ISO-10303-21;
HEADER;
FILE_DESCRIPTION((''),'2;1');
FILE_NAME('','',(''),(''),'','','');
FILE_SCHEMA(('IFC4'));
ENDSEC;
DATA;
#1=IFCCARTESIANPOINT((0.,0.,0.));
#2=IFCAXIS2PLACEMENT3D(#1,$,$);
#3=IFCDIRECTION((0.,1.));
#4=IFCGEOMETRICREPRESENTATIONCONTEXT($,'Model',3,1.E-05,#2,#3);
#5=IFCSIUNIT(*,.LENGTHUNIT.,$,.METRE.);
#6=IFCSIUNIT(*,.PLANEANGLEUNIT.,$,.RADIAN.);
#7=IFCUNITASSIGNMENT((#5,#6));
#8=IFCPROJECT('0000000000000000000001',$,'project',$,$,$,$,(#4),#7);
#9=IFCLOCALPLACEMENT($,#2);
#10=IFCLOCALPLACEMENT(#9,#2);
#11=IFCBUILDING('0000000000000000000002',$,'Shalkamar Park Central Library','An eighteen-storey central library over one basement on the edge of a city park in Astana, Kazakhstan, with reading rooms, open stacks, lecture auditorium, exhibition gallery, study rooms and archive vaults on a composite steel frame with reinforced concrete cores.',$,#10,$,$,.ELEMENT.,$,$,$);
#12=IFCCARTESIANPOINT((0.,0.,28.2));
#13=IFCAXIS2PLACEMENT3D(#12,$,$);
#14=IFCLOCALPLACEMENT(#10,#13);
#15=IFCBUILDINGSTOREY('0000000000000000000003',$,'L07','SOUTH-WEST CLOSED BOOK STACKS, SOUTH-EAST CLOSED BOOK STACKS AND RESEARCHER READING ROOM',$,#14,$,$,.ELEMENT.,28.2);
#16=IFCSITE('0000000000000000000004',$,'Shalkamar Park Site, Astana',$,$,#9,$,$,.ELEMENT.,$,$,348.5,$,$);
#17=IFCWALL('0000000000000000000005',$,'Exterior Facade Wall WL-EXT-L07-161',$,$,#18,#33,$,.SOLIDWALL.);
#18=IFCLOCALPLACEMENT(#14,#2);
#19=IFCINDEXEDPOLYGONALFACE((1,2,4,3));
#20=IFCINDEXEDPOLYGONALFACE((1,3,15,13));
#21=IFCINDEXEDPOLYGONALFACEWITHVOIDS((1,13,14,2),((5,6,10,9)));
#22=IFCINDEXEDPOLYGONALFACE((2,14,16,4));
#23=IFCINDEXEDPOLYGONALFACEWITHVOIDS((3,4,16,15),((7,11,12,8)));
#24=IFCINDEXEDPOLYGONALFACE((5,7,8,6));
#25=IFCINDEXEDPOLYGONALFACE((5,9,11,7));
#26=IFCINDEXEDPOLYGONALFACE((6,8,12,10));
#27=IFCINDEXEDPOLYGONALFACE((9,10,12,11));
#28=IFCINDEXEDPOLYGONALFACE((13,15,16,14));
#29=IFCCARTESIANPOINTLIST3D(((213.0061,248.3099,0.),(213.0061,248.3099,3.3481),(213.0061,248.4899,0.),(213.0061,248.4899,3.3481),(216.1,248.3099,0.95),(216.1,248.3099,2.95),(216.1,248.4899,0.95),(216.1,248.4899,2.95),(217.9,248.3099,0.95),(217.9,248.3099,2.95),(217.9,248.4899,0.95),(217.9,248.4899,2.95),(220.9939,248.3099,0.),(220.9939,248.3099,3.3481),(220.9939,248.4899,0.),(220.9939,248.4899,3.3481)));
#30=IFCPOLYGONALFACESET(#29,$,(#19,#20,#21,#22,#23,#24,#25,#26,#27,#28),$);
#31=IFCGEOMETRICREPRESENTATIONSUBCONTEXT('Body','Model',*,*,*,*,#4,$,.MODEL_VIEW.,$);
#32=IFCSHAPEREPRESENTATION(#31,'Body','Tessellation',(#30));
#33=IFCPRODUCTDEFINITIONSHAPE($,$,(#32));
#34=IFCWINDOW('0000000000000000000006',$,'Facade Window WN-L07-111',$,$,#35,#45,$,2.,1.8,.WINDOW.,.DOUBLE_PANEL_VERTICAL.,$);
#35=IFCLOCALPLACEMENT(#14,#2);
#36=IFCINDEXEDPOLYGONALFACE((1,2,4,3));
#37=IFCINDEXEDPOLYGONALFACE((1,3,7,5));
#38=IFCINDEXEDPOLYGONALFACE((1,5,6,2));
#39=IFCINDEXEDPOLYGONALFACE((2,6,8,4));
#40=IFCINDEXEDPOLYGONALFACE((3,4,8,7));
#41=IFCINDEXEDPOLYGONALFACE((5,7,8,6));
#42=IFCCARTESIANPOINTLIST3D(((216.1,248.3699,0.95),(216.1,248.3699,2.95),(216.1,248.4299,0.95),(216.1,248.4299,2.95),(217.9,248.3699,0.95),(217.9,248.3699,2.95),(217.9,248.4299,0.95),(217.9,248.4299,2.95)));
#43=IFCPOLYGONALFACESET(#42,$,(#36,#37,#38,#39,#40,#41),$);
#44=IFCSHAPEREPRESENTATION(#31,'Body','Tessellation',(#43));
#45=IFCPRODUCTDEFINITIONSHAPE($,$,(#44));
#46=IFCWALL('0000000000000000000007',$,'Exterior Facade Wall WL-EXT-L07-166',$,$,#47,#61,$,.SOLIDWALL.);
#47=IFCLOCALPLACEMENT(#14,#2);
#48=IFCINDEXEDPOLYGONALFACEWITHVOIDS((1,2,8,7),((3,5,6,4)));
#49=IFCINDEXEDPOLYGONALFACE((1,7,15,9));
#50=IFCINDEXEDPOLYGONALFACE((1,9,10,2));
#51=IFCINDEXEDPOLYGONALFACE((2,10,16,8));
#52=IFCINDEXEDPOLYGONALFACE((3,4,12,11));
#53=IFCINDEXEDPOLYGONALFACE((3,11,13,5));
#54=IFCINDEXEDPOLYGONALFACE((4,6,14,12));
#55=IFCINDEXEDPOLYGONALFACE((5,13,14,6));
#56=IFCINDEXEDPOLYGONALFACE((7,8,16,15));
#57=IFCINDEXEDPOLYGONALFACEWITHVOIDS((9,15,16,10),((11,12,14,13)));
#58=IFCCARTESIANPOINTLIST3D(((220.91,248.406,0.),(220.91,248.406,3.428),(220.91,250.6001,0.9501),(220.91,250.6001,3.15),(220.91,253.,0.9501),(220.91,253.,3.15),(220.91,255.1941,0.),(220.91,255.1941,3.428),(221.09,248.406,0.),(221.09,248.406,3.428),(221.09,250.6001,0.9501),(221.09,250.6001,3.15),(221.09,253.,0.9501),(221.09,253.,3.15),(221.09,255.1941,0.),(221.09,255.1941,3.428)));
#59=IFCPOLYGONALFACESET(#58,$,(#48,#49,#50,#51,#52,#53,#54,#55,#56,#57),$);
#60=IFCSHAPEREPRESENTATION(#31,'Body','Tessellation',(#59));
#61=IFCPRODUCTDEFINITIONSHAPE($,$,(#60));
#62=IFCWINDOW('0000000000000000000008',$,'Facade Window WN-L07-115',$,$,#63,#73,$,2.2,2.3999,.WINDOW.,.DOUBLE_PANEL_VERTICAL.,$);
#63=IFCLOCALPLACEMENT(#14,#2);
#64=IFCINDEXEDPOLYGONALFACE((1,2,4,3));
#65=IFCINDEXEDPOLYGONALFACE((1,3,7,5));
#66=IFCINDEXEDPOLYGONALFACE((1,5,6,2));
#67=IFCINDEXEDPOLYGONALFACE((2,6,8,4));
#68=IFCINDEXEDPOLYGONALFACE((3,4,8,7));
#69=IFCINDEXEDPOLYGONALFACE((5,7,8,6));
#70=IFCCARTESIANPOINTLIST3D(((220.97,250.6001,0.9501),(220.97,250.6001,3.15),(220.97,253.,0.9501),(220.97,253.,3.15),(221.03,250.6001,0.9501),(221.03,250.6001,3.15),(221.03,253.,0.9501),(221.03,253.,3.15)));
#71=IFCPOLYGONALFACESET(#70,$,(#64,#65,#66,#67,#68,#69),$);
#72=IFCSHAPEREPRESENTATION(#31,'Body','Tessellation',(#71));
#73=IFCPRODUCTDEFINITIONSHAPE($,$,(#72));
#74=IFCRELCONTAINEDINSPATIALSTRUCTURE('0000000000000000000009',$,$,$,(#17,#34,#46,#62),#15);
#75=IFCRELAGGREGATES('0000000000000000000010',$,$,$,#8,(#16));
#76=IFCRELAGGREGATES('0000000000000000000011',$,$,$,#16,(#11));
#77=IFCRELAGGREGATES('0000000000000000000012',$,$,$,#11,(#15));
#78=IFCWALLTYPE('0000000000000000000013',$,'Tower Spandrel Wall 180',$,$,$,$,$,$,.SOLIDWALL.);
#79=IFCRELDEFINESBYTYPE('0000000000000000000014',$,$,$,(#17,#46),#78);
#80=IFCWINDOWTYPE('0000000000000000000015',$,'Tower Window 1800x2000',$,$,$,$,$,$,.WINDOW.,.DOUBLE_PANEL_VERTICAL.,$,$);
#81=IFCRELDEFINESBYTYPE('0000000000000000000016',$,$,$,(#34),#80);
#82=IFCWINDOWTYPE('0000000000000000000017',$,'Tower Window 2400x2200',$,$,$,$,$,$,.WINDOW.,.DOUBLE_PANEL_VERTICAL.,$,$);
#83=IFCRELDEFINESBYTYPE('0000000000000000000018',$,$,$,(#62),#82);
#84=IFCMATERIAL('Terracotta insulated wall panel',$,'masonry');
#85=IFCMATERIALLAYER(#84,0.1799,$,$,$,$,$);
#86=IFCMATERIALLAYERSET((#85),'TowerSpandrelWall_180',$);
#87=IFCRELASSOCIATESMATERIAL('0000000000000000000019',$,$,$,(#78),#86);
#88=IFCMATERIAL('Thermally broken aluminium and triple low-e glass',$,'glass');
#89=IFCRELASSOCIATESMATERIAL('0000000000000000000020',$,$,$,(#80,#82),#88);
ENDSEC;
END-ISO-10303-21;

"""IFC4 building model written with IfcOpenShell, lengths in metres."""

from ifc_helpers import new_model, si_unit, direction, frame, frame_2d, origin, place, context, subcontext, project, spatial, rectangle, extrude, material, layer, layer_set, type_object, element, fill, save


model = new_model("IFC4")

# Units and contexts
model_context = context("Model", 3, precision=1e-05, world=origin(), true_north=direction((0.0, 1.0)))
body_context = subcontext(model_context, "Body", "Model", "MODEL_VIEW")
ifc_project = project(units=[si_unit("LENGTHUNIT", "METRE"), si_unit("PLANEANGLEUNIT", "RADIAN")], contexts=[model_context])

# Site, building, storey
site_placement = place(None, origin())
site = spatial("IfcSite", under=ifc_project, at=site_placement, Name="Shalkamar Park Site, Astana", CompositionType="ELEMENT", RefElevation=348.5)
building_placement = place(site_placement, origin())
building = spatial("IfcBuilding", under=site, at=building_placement, Name="Shalkamar Park Central Library", Description="An eighteen-storey central library over one basement on the edge of a city park in Astana, Kazakhstan, with reading rooms, open stacks, lecture auditorium, exhibition gallery, study rooms and archive vaults on a composite steel frame with reinforced concrete cores.", CompositionType="ELEMENT")
storey_placement = place(building_placement, frame((0.0, 0.0, 28.2)))
storey = spatial("IfcBuildingStorey", under=building, at=storey_placement, Name="L07", Description="SOUTH-WEST CLOSED BOOK STACKS, SOUTH-EAST CLOSED BOOK STACKS AND RESEARCHER READING ROOM", CompositionType="ELEMENT", Elevation=28.2)

# Shared definitions
ifc_material_1 = material(Name="Terracotta insulated wall panel", Category="masonry")
ifc_layer_1 = layer(ifc_material_1, 0.1799)
ifc_layer_set_1 = layer_set([ifc_layer_1], Name="TowerSpandrelWall_180")
wall_type_1 = type_object("IfcWallType", Name="Tower Spandrel Wall 180", PredefinedType="SOLIDWALL", material=ifc_layer_set_1)
ifc_material_2 = material(Name="Thermally broken aluminium and triple low-e glass", Category="glass")

# Walls, openings, windows
wall_1_placement = place(storey_placement, frame((213.0061, 248.3999, 0.0), z_axis=(0.0, 0.0, 1.0), x_axis=(1.0, 0.0, 0.0)))
wall_1 = element("IfcWall", 1, at=wall_1_placement, inside=storey, type_object=wall_type_1, Name="Exterior Facade Wall WL-EXT-L07-161", PredefinedType="SOLIDWALL", context=body_context, shape_type="SweptSolid", body=[
    extrude(rectangle(XDim=7.9878, YDim=0.1799, at=frame_2d((3.9939, 0.0))), origin(), (0.0, 0.0, 1.0), 3.3481),
])
opening_1_placement = place(wall_1_placement, frame((3.094, 0.0, 0.95)))
opening_1 = element("IfcOpeningElement", 2, at=opening_1_placement, cuts=wall_1, PredefinedType="OPENING", context=body_context, shape_type="SweptSolid", body=[
    extrude(rectangle(XDim=1.8, YDim=2.0, at=frame_2d((0.8999, 1.0))), frame((0.0, 0.105, 0.0), z_axis=(0.0, -1.0, 0.0), x_axis=(1.0, 0.0, 0.0)), (0.0, 0.0, 1.0), 0.2097),
])
window_type_1 = type_object("IfcWindowType", Name="Tower Window 1800x2000", PartitioningType="DOUBLE_PANEL_VERTICAL", PredefinedType="WINDOW", material=ifc_material_2)
window_1_placement = place(opening_1_placement, origin())
window_1 = element("IfcWindow", 3, at=window_1_placement, inside=storey, type_object=window_type_1, Name="Facade Window WN-L07-111", OverallHeight=2.0, OverallWidth=1.8, PartitioningType="DOUBLE_PANEL_VERTICAL", PredefinedType="WINDOW", context=body_context, shape_type="SweptSolid", body=[
    extrude(rectangle(XDim=1.8, YDim=2.0, at=frame_2d((0.8999, 1.0))), frame((0.0, 0.03, 0.0), z_axis=(0.0, -1.0, 0.0), x_axis=(1.0, 0.0, 0.0)), (0.0, 0.0, 1.0), 0.0601),
])
fill(opening_1, window_1)
wall_2_placement = place(storey_placement, frame((221.0, 248.406, 0.0), z_axis=(0.0, 0.0, 1.0), x_axis=(0.0, 1.0, 0.0)))
wall_2 = element("IfcWall", 4, at=wall_2_placement, inside=storey, type_object=wall_type_1, Name="Exterior Facade Wall WL-EXT-L07-166", PredefinedType="SOLIDWALL", context=body_context, shape_type="SweptSolid", body=[
    extrude(rectangle(XDim=6.7881, YDim=0.1799, at=frame_2d((3.394, 0.0))), origin(), (0.0, 0.0, 1.0), 3.428),
])
opening_2_placement = place(wall_2_placement, frame((2.1941, 0.0, 0.95)))
opening_2 = element("IfcOpeningElement", 5, at=opening_2_placement, cuts=wall_2, PredefinedType="OPENING", context=body_context, shape_type="SweptSolid", body=[
    extrude(rectangle(XDim=2.3999, YDim=2.2, at=frame_2d((1.2, 1.1001))), frame((0.0, 0.105, 0.0), z_axis=(0.0, -1.0, 0.0), x_axis=(1.0, 0.0, 0.0)), (0.0, 0.0, 1.0), 0.2097),
])
window_type_2 = type_object("IfcWindowType", Name="Tower Window 2400x2200", PartitioningType="DOUBLE_PANEL_VERTICAL", PredefinedType="WINDOW", material=ifc_material_2)
window_2_placement = place(opening_2_placement, origin())
window_2 = element("IfcWindow", 6, at=window_2_placement, inside=storey, type_object=window_type_2, Name="Facade Window WN-L07-115", OverallHeight=2.2, OverallWidth=2.3999, PartitioningType="DOUBLE_PANEL_VERTICAL", PredefinedType="WINDOW", context=body_context, shape_type="SweptSolid", body=[
    extrude(rectangle(XDim=2.3999, YDim=2.2, at=frame_2d((1.2, 1.1001))), frame((0.0, 0.03, 0.0), z_axis=(0.0, -1.0, 0.0), x_axis=(1.0, 0.0, 0.0)), (0.0, 0.0, 1.0), 0.0601),
])
fill(opening_2, window_2)

save(model, "model.ifc")
